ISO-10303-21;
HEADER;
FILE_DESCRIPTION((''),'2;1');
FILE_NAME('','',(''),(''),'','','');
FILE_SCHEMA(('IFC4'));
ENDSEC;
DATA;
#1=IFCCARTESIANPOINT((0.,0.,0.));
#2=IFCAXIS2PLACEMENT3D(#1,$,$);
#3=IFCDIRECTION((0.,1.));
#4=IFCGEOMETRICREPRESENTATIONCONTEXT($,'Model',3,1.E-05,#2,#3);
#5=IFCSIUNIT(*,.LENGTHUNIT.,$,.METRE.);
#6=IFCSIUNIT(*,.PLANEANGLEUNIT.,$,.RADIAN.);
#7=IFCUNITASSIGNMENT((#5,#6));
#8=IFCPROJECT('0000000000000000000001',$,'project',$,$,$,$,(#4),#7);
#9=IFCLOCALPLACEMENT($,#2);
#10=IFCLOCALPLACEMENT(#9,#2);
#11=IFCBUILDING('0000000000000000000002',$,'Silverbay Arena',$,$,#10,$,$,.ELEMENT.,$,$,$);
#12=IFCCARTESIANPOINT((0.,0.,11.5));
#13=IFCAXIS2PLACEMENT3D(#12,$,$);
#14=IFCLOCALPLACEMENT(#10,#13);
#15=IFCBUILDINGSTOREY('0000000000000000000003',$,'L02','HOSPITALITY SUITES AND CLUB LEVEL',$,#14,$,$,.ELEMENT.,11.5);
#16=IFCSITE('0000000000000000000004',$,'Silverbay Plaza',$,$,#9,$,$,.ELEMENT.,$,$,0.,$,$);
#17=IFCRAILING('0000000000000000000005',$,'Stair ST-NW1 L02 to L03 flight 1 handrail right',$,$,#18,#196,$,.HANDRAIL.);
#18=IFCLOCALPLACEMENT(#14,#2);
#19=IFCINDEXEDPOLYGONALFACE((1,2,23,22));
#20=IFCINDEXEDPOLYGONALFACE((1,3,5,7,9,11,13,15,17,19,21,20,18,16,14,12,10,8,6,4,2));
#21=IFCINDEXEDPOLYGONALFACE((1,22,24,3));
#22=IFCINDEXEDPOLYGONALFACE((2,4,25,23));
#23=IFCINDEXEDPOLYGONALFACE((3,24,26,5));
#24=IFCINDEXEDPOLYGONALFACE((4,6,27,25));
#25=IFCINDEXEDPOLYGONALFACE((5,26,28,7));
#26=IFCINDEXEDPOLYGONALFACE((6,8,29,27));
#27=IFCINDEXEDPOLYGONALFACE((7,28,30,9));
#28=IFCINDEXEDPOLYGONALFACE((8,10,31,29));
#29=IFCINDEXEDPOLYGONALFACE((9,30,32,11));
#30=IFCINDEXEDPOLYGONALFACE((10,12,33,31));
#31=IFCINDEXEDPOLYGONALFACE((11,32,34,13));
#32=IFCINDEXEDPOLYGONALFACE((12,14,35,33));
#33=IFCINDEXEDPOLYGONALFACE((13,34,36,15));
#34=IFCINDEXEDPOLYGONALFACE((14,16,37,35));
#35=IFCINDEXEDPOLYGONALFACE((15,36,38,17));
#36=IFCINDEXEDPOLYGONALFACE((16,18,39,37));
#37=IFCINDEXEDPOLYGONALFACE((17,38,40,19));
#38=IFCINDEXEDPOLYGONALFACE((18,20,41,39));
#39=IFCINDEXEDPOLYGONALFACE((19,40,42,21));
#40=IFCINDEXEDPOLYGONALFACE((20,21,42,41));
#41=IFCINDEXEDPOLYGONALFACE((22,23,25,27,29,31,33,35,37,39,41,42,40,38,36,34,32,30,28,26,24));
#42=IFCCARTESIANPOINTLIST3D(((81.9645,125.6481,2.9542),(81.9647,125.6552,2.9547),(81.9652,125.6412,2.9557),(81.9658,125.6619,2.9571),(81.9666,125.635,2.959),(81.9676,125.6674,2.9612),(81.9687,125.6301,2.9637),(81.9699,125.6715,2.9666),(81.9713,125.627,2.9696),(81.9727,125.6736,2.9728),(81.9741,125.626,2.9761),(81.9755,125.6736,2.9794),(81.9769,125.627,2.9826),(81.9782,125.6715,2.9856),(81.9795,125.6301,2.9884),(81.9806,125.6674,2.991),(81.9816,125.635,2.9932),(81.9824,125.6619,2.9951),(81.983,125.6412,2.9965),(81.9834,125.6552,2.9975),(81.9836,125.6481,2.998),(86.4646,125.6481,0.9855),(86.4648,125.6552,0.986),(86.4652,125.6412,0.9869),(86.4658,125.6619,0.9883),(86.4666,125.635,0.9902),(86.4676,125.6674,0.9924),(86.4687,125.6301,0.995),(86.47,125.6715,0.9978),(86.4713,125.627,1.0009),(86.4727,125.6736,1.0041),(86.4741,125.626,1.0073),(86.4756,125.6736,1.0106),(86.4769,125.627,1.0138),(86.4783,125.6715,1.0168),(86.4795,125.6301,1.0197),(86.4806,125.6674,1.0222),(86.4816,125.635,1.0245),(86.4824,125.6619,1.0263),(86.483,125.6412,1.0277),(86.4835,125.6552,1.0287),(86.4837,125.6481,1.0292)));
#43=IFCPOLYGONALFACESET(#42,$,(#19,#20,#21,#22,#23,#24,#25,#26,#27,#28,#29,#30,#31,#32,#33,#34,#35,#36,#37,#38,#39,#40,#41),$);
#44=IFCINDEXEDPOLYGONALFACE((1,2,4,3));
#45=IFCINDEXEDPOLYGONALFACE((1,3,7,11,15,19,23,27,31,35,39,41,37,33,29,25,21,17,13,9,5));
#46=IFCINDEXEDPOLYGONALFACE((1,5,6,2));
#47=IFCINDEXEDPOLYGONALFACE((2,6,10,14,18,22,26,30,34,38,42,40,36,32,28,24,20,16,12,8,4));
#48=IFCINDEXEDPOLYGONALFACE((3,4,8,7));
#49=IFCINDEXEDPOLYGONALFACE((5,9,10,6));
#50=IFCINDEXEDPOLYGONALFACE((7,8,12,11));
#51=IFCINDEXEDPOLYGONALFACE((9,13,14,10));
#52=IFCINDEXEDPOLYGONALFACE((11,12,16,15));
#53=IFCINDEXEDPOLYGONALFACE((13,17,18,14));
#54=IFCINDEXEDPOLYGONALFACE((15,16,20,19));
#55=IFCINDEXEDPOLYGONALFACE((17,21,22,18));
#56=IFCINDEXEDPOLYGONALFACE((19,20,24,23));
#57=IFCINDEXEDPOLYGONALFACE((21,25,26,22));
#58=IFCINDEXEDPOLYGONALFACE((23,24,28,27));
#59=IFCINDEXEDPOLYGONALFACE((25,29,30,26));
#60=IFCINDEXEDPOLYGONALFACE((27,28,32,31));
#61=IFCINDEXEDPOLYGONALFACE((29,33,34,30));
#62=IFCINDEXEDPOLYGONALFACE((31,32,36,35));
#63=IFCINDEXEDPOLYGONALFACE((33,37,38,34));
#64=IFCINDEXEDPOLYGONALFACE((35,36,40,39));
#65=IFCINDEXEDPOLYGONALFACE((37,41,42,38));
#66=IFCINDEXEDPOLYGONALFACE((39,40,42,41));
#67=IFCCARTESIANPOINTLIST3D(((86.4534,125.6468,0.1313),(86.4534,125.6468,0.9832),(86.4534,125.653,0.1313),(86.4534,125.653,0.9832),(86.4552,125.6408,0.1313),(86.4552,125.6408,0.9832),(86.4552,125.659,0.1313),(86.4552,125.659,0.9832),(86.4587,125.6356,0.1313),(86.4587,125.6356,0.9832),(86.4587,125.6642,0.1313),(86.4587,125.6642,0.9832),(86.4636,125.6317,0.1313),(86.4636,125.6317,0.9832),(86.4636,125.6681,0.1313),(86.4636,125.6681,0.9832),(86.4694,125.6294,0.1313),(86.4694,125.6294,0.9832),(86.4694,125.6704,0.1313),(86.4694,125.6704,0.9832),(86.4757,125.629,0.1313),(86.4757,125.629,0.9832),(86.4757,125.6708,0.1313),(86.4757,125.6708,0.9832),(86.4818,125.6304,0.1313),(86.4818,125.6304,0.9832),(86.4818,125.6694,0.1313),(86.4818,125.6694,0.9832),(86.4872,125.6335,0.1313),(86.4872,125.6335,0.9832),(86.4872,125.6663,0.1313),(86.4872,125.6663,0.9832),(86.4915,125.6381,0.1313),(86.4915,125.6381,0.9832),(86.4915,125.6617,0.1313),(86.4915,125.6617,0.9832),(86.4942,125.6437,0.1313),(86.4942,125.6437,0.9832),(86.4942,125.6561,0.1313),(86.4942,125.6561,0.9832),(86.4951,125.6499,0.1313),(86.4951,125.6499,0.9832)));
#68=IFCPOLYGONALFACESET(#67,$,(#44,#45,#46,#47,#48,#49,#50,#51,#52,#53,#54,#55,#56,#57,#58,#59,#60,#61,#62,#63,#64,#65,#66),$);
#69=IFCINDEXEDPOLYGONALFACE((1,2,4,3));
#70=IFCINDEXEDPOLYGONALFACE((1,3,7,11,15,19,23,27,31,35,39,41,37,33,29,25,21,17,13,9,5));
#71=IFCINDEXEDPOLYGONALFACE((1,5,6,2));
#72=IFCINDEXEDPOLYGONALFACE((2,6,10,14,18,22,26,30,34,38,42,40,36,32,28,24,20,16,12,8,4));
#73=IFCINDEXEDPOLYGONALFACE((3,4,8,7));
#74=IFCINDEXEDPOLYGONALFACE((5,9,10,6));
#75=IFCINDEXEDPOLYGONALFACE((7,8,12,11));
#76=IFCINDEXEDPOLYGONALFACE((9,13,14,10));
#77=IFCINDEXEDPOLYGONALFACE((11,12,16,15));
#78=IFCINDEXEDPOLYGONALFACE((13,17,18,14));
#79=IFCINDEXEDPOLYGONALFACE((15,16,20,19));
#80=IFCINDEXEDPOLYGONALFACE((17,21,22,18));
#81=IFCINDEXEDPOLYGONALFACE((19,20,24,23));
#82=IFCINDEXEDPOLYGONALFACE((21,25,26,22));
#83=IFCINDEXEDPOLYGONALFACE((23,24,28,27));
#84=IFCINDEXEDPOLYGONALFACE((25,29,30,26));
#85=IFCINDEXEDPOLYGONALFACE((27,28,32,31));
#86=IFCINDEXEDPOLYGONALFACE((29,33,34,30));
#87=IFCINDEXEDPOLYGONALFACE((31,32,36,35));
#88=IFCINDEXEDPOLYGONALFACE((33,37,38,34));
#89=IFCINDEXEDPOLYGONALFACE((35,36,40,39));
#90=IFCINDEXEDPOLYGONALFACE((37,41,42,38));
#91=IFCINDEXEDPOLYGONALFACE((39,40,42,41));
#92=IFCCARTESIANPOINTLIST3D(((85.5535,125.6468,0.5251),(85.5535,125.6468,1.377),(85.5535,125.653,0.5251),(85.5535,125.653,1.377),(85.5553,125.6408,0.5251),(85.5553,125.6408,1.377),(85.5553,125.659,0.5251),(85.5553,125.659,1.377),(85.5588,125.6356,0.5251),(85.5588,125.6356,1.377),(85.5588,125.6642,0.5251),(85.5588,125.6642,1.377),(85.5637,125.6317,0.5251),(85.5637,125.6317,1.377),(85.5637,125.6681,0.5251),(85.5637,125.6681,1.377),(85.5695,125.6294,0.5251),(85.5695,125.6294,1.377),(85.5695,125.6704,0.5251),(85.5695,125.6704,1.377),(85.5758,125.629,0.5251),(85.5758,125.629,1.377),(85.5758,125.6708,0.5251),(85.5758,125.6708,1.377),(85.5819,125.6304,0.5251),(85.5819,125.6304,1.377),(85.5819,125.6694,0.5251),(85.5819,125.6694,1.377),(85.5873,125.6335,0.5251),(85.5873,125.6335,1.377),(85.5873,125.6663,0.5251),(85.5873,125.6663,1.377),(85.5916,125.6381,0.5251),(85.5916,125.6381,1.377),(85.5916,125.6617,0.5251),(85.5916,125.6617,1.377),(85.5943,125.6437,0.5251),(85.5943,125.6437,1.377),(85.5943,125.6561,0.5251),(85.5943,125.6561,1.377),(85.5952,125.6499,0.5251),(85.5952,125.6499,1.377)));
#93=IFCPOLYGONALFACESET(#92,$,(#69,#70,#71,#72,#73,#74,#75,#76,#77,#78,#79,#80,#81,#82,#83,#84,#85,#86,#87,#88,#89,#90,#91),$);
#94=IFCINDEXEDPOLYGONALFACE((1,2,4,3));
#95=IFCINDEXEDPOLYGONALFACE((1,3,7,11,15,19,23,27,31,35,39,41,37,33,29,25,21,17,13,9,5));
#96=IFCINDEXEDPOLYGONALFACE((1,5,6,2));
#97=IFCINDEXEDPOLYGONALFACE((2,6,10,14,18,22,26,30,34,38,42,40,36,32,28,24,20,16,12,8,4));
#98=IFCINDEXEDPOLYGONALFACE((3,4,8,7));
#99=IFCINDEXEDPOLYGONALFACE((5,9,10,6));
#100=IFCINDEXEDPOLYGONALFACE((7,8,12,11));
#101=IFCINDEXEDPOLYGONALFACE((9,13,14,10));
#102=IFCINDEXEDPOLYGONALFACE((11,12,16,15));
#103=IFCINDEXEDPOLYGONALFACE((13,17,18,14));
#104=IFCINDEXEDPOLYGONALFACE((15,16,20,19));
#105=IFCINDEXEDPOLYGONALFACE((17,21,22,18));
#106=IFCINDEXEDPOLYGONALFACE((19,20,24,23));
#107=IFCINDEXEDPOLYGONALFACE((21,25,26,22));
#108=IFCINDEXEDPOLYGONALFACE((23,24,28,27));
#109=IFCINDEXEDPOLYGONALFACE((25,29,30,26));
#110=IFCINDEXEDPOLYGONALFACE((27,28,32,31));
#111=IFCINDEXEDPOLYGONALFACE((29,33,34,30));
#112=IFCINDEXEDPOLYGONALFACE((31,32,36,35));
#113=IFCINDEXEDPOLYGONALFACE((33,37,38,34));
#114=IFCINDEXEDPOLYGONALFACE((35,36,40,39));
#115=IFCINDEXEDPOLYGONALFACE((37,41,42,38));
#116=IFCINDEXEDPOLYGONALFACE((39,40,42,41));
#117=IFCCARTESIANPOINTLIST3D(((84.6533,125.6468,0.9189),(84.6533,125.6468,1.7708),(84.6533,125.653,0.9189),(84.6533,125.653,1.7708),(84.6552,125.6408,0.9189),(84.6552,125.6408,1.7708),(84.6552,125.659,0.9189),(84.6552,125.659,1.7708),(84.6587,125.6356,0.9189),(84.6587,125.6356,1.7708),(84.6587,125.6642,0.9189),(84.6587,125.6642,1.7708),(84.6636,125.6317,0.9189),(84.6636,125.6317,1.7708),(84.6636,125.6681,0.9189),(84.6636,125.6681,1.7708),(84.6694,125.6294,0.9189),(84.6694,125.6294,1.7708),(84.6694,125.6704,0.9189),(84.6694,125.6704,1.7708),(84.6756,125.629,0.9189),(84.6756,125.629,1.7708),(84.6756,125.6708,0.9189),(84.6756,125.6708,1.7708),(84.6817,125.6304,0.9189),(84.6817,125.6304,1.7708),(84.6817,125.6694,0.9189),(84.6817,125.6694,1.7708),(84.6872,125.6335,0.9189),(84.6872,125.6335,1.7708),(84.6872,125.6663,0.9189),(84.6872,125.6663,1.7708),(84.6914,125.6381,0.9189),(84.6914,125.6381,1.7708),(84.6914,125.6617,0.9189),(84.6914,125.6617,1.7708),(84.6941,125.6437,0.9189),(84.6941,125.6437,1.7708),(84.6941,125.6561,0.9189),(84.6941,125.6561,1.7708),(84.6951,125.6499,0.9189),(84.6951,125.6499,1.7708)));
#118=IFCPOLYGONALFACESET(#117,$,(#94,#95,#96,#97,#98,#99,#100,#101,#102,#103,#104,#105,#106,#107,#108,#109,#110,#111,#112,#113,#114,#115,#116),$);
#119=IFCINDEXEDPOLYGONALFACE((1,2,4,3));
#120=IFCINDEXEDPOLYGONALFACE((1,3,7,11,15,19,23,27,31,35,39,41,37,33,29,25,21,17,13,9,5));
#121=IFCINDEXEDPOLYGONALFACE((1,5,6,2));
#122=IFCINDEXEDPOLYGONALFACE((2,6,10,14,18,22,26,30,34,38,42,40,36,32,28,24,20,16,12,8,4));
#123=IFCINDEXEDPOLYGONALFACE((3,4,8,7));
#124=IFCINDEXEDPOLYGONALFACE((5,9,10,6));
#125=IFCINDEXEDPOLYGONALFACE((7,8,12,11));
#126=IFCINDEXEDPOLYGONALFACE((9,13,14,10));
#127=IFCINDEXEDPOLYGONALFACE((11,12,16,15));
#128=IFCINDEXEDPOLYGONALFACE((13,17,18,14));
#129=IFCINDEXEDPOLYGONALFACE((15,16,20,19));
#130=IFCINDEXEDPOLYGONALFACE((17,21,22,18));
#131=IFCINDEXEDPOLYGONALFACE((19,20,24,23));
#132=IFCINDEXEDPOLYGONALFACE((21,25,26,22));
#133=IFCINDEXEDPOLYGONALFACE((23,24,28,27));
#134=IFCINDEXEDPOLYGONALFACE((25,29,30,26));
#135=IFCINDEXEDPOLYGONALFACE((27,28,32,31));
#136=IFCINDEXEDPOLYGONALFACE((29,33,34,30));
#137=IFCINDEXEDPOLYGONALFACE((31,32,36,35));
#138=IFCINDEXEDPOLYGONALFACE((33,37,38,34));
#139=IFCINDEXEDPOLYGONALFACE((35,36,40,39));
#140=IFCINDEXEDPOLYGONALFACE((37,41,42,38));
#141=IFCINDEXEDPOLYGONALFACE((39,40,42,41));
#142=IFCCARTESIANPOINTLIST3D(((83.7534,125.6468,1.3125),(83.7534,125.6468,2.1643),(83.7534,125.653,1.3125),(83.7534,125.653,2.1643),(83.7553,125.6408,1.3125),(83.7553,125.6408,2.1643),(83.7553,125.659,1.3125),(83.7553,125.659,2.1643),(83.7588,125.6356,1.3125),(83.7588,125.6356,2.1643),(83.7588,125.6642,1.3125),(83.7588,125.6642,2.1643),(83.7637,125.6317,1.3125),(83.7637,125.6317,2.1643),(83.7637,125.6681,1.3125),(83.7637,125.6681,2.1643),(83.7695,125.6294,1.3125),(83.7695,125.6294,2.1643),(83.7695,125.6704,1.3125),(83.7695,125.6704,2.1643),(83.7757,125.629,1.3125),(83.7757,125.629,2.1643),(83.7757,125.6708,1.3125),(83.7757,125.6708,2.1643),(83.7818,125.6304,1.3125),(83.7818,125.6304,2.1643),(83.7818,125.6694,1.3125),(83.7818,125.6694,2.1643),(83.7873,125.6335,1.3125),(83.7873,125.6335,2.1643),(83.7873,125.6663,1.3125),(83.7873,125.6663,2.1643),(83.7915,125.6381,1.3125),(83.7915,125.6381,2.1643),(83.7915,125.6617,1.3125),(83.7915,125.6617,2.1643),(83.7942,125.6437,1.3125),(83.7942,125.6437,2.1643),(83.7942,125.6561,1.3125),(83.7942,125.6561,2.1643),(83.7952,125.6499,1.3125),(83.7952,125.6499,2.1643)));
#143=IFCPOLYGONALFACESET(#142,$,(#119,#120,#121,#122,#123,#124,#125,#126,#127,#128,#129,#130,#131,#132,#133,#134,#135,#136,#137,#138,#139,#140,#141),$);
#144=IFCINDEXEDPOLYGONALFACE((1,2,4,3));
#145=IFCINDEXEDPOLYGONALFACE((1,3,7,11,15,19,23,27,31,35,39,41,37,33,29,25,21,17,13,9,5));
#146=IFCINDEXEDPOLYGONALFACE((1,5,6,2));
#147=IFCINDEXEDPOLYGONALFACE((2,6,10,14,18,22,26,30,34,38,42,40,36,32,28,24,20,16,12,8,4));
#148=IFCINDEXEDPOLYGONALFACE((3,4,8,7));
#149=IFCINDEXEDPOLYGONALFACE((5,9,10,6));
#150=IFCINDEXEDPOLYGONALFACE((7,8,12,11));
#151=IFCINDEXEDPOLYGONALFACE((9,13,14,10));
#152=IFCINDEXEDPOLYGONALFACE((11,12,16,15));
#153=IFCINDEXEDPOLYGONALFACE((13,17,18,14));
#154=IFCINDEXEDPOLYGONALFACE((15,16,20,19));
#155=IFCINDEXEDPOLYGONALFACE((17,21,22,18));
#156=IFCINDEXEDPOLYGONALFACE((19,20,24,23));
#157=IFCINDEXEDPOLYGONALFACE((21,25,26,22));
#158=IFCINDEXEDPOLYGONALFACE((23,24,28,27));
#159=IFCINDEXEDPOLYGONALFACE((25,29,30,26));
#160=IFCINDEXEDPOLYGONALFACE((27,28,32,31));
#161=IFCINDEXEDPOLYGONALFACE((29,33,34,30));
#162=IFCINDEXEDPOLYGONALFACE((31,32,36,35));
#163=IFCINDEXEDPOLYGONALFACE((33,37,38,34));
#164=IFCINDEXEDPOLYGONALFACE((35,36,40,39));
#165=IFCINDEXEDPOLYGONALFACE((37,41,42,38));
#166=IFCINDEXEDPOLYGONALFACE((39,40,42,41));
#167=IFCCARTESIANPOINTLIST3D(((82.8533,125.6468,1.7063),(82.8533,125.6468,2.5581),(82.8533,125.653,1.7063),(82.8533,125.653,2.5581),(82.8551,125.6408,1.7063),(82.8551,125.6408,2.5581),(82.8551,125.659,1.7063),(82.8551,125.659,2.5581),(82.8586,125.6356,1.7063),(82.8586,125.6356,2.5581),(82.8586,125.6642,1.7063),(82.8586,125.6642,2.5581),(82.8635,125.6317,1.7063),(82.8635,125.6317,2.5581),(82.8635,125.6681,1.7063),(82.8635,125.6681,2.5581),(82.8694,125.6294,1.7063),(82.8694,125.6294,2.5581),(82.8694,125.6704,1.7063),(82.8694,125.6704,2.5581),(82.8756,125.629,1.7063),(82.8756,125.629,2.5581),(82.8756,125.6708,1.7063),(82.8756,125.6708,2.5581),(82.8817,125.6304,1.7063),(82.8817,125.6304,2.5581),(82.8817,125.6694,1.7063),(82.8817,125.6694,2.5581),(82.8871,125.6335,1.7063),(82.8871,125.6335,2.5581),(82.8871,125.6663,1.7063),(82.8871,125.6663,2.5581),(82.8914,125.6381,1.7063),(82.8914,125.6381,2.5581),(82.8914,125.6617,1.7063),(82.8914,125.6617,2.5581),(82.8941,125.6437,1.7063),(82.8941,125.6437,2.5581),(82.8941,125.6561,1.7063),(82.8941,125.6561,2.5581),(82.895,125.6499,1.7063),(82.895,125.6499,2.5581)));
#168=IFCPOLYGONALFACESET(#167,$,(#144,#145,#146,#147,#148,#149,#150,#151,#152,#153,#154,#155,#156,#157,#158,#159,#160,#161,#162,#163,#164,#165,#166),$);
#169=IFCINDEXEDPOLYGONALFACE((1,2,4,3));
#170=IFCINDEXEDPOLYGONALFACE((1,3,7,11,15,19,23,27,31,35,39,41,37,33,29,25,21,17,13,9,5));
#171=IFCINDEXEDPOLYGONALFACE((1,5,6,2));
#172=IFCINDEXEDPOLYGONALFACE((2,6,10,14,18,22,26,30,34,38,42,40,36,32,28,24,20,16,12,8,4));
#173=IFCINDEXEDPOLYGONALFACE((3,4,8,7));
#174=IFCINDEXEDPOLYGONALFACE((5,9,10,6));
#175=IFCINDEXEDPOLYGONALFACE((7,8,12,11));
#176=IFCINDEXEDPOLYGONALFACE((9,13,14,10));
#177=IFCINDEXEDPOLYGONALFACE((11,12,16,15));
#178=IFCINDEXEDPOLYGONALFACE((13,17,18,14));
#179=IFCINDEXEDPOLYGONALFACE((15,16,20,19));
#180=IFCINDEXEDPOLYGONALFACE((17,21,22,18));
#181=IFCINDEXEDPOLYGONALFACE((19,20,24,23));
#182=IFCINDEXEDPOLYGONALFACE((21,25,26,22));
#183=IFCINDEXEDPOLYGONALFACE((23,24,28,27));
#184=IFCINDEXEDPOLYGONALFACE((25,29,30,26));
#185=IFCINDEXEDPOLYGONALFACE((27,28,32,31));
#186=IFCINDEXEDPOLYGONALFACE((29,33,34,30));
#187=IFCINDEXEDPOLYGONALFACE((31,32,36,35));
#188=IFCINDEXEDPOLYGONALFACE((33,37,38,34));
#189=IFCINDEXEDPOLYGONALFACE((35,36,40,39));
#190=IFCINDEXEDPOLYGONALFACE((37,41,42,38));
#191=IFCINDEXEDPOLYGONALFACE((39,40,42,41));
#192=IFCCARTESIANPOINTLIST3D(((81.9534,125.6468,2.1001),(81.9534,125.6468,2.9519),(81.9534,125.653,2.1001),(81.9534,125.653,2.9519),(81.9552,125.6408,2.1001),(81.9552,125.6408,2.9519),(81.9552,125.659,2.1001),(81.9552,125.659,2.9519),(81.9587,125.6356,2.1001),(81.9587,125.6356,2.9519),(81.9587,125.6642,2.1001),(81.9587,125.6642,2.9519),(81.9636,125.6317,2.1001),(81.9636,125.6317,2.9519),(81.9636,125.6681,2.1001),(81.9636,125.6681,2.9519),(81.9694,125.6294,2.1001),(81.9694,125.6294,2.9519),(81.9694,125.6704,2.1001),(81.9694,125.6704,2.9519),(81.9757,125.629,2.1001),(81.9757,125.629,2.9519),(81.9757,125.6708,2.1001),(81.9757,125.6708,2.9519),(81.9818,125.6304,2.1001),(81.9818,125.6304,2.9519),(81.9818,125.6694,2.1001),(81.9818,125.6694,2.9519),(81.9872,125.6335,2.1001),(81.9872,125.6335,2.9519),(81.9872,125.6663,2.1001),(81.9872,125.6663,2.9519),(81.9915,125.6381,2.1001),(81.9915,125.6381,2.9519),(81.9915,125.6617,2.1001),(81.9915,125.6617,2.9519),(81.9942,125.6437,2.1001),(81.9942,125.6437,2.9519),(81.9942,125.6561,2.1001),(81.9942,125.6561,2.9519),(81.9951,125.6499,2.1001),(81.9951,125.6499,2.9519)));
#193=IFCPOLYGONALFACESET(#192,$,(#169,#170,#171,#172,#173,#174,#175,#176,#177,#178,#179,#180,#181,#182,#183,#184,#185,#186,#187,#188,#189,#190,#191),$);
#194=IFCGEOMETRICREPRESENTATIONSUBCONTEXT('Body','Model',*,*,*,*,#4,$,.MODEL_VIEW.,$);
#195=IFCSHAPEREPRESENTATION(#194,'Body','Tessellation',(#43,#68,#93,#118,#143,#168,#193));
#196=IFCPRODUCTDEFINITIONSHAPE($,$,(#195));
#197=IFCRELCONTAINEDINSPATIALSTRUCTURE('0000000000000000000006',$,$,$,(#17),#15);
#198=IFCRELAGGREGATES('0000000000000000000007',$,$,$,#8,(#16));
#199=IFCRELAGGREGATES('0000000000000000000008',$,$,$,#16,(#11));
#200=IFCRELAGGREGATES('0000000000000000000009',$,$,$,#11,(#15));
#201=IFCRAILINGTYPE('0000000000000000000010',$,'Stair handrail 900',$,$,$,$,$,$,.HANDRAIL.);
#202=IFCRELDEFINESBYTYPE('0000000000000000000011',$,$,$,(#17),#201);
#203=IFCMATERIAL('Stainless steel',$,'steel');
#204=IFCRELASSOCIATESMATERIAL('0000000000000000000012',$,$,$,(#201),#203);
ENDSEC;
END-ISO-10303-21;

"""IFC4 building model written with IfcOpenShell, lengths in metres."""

from ifc_helpers import new_model, si_unit, direction, frame, origin, origin_2d, place, context, subcontext, project, spatial, circle, extrude, material, type_object, element, save


model = new_model("IFC4")

# Units and contexts
model_context = context("Model", 3, precision=1e-05, world=origin(), true_north=direction((0.0, 1.0)))
body_context = subcontext(model_context, "Body", "Model", "MODEL_VIEW")
ifc_project = project(units=[si_unit("LENGTHUNIT", "METRE"), si_unit("PLANEANGLEUNIT", "RADIAN")], contexts=[model_context])

# Site, building, storey
site_placement = place(None, origin())
site = spatial("IfcSite", under=ifc_project, at=site_placement, Name="Silverbay Plaza", CompositionType="ELEMENT", RefElevation=0.0)
building_placement = place(site_placement, origin())
building = spatial("IfcBuilding", under=site, at=building_placement, Name="Silverbay Arena", CompositionType="ELEMENT")
storey_placement = place(building_placement, frame((0.0, 0.0, 11.5)))
storey = spatial("IfcBuildingStorey", under=building, at=storey_placement, Name="L02", Description="HOSPITALITY SUITES AND CLUB LEVEL", CompositionType="ELEMENT", Elevation=11.5)

# Railing
ifc_material_1 = material(Name="Stainless steel", Category="steel")
railing_type_1 = type_object("IfcRailingType", Name="Stair handrail 900", PredefinedType="HANDRAIL", material=ifc_material_1)
for number, where, name in (
    (1, (86.4741, 125.6499, 0.1313), "Stair ST-NW1 L02 to L03 flight 1 handrail right"),
):
    element("IfcRailing", number, at=place(storey_placement, frame(where)), inside=storey, type_object=railing_type_1, Name=name, PredefinedType="HANDRAIL", context=body_context, shape_type="SweptSolid", body=[
        extrude(circle(Radius=0.0239, at=origin_2d()), frame((0.0, 0.0, 0.876), z_axis=(-0.916157, 0.0, 0.400819), x_axis=(0.0, -1.0, 0.0)), (0.0, 0.0, 1.0), 4.9119),
        extrude(circle(Radius=0.021, at=origin_2d()), origin(), (0.0, 0.0, 1.0), 0.8518),
        extrude(circle(Radius=0.021, at=origin_2d()), frame((-0.8999, 0.0, 0.3938)), (0.0, 0.0, 1.0), 0.8518),
        extrude(circle(Radius=0.021, at=origin_2d()), frame((-1.8, 0.0, 0.7876)), (0.0, 0.0, 1.0), 0.8518),
        extrude(circle(Radius=0.021, at=origin_2d()), frame((-2.7, 0.0, 1.1812)), (0.0, 0.0, 1.0), 0.8518),
        extrude(circle(Radius=0.021, at=origin_2d()), frame((-3.6001, 0.0, 1.575)), (0.0, 0.0, 1.0), 0.8518),
        extrude(circle(Radius=0.021, at=origin_2d()), frame((-4.5, 0.0, 1.9688)), (0.0, 0.0, 1.0), 0.8518),
    ])

save(model, "model.ifc")
